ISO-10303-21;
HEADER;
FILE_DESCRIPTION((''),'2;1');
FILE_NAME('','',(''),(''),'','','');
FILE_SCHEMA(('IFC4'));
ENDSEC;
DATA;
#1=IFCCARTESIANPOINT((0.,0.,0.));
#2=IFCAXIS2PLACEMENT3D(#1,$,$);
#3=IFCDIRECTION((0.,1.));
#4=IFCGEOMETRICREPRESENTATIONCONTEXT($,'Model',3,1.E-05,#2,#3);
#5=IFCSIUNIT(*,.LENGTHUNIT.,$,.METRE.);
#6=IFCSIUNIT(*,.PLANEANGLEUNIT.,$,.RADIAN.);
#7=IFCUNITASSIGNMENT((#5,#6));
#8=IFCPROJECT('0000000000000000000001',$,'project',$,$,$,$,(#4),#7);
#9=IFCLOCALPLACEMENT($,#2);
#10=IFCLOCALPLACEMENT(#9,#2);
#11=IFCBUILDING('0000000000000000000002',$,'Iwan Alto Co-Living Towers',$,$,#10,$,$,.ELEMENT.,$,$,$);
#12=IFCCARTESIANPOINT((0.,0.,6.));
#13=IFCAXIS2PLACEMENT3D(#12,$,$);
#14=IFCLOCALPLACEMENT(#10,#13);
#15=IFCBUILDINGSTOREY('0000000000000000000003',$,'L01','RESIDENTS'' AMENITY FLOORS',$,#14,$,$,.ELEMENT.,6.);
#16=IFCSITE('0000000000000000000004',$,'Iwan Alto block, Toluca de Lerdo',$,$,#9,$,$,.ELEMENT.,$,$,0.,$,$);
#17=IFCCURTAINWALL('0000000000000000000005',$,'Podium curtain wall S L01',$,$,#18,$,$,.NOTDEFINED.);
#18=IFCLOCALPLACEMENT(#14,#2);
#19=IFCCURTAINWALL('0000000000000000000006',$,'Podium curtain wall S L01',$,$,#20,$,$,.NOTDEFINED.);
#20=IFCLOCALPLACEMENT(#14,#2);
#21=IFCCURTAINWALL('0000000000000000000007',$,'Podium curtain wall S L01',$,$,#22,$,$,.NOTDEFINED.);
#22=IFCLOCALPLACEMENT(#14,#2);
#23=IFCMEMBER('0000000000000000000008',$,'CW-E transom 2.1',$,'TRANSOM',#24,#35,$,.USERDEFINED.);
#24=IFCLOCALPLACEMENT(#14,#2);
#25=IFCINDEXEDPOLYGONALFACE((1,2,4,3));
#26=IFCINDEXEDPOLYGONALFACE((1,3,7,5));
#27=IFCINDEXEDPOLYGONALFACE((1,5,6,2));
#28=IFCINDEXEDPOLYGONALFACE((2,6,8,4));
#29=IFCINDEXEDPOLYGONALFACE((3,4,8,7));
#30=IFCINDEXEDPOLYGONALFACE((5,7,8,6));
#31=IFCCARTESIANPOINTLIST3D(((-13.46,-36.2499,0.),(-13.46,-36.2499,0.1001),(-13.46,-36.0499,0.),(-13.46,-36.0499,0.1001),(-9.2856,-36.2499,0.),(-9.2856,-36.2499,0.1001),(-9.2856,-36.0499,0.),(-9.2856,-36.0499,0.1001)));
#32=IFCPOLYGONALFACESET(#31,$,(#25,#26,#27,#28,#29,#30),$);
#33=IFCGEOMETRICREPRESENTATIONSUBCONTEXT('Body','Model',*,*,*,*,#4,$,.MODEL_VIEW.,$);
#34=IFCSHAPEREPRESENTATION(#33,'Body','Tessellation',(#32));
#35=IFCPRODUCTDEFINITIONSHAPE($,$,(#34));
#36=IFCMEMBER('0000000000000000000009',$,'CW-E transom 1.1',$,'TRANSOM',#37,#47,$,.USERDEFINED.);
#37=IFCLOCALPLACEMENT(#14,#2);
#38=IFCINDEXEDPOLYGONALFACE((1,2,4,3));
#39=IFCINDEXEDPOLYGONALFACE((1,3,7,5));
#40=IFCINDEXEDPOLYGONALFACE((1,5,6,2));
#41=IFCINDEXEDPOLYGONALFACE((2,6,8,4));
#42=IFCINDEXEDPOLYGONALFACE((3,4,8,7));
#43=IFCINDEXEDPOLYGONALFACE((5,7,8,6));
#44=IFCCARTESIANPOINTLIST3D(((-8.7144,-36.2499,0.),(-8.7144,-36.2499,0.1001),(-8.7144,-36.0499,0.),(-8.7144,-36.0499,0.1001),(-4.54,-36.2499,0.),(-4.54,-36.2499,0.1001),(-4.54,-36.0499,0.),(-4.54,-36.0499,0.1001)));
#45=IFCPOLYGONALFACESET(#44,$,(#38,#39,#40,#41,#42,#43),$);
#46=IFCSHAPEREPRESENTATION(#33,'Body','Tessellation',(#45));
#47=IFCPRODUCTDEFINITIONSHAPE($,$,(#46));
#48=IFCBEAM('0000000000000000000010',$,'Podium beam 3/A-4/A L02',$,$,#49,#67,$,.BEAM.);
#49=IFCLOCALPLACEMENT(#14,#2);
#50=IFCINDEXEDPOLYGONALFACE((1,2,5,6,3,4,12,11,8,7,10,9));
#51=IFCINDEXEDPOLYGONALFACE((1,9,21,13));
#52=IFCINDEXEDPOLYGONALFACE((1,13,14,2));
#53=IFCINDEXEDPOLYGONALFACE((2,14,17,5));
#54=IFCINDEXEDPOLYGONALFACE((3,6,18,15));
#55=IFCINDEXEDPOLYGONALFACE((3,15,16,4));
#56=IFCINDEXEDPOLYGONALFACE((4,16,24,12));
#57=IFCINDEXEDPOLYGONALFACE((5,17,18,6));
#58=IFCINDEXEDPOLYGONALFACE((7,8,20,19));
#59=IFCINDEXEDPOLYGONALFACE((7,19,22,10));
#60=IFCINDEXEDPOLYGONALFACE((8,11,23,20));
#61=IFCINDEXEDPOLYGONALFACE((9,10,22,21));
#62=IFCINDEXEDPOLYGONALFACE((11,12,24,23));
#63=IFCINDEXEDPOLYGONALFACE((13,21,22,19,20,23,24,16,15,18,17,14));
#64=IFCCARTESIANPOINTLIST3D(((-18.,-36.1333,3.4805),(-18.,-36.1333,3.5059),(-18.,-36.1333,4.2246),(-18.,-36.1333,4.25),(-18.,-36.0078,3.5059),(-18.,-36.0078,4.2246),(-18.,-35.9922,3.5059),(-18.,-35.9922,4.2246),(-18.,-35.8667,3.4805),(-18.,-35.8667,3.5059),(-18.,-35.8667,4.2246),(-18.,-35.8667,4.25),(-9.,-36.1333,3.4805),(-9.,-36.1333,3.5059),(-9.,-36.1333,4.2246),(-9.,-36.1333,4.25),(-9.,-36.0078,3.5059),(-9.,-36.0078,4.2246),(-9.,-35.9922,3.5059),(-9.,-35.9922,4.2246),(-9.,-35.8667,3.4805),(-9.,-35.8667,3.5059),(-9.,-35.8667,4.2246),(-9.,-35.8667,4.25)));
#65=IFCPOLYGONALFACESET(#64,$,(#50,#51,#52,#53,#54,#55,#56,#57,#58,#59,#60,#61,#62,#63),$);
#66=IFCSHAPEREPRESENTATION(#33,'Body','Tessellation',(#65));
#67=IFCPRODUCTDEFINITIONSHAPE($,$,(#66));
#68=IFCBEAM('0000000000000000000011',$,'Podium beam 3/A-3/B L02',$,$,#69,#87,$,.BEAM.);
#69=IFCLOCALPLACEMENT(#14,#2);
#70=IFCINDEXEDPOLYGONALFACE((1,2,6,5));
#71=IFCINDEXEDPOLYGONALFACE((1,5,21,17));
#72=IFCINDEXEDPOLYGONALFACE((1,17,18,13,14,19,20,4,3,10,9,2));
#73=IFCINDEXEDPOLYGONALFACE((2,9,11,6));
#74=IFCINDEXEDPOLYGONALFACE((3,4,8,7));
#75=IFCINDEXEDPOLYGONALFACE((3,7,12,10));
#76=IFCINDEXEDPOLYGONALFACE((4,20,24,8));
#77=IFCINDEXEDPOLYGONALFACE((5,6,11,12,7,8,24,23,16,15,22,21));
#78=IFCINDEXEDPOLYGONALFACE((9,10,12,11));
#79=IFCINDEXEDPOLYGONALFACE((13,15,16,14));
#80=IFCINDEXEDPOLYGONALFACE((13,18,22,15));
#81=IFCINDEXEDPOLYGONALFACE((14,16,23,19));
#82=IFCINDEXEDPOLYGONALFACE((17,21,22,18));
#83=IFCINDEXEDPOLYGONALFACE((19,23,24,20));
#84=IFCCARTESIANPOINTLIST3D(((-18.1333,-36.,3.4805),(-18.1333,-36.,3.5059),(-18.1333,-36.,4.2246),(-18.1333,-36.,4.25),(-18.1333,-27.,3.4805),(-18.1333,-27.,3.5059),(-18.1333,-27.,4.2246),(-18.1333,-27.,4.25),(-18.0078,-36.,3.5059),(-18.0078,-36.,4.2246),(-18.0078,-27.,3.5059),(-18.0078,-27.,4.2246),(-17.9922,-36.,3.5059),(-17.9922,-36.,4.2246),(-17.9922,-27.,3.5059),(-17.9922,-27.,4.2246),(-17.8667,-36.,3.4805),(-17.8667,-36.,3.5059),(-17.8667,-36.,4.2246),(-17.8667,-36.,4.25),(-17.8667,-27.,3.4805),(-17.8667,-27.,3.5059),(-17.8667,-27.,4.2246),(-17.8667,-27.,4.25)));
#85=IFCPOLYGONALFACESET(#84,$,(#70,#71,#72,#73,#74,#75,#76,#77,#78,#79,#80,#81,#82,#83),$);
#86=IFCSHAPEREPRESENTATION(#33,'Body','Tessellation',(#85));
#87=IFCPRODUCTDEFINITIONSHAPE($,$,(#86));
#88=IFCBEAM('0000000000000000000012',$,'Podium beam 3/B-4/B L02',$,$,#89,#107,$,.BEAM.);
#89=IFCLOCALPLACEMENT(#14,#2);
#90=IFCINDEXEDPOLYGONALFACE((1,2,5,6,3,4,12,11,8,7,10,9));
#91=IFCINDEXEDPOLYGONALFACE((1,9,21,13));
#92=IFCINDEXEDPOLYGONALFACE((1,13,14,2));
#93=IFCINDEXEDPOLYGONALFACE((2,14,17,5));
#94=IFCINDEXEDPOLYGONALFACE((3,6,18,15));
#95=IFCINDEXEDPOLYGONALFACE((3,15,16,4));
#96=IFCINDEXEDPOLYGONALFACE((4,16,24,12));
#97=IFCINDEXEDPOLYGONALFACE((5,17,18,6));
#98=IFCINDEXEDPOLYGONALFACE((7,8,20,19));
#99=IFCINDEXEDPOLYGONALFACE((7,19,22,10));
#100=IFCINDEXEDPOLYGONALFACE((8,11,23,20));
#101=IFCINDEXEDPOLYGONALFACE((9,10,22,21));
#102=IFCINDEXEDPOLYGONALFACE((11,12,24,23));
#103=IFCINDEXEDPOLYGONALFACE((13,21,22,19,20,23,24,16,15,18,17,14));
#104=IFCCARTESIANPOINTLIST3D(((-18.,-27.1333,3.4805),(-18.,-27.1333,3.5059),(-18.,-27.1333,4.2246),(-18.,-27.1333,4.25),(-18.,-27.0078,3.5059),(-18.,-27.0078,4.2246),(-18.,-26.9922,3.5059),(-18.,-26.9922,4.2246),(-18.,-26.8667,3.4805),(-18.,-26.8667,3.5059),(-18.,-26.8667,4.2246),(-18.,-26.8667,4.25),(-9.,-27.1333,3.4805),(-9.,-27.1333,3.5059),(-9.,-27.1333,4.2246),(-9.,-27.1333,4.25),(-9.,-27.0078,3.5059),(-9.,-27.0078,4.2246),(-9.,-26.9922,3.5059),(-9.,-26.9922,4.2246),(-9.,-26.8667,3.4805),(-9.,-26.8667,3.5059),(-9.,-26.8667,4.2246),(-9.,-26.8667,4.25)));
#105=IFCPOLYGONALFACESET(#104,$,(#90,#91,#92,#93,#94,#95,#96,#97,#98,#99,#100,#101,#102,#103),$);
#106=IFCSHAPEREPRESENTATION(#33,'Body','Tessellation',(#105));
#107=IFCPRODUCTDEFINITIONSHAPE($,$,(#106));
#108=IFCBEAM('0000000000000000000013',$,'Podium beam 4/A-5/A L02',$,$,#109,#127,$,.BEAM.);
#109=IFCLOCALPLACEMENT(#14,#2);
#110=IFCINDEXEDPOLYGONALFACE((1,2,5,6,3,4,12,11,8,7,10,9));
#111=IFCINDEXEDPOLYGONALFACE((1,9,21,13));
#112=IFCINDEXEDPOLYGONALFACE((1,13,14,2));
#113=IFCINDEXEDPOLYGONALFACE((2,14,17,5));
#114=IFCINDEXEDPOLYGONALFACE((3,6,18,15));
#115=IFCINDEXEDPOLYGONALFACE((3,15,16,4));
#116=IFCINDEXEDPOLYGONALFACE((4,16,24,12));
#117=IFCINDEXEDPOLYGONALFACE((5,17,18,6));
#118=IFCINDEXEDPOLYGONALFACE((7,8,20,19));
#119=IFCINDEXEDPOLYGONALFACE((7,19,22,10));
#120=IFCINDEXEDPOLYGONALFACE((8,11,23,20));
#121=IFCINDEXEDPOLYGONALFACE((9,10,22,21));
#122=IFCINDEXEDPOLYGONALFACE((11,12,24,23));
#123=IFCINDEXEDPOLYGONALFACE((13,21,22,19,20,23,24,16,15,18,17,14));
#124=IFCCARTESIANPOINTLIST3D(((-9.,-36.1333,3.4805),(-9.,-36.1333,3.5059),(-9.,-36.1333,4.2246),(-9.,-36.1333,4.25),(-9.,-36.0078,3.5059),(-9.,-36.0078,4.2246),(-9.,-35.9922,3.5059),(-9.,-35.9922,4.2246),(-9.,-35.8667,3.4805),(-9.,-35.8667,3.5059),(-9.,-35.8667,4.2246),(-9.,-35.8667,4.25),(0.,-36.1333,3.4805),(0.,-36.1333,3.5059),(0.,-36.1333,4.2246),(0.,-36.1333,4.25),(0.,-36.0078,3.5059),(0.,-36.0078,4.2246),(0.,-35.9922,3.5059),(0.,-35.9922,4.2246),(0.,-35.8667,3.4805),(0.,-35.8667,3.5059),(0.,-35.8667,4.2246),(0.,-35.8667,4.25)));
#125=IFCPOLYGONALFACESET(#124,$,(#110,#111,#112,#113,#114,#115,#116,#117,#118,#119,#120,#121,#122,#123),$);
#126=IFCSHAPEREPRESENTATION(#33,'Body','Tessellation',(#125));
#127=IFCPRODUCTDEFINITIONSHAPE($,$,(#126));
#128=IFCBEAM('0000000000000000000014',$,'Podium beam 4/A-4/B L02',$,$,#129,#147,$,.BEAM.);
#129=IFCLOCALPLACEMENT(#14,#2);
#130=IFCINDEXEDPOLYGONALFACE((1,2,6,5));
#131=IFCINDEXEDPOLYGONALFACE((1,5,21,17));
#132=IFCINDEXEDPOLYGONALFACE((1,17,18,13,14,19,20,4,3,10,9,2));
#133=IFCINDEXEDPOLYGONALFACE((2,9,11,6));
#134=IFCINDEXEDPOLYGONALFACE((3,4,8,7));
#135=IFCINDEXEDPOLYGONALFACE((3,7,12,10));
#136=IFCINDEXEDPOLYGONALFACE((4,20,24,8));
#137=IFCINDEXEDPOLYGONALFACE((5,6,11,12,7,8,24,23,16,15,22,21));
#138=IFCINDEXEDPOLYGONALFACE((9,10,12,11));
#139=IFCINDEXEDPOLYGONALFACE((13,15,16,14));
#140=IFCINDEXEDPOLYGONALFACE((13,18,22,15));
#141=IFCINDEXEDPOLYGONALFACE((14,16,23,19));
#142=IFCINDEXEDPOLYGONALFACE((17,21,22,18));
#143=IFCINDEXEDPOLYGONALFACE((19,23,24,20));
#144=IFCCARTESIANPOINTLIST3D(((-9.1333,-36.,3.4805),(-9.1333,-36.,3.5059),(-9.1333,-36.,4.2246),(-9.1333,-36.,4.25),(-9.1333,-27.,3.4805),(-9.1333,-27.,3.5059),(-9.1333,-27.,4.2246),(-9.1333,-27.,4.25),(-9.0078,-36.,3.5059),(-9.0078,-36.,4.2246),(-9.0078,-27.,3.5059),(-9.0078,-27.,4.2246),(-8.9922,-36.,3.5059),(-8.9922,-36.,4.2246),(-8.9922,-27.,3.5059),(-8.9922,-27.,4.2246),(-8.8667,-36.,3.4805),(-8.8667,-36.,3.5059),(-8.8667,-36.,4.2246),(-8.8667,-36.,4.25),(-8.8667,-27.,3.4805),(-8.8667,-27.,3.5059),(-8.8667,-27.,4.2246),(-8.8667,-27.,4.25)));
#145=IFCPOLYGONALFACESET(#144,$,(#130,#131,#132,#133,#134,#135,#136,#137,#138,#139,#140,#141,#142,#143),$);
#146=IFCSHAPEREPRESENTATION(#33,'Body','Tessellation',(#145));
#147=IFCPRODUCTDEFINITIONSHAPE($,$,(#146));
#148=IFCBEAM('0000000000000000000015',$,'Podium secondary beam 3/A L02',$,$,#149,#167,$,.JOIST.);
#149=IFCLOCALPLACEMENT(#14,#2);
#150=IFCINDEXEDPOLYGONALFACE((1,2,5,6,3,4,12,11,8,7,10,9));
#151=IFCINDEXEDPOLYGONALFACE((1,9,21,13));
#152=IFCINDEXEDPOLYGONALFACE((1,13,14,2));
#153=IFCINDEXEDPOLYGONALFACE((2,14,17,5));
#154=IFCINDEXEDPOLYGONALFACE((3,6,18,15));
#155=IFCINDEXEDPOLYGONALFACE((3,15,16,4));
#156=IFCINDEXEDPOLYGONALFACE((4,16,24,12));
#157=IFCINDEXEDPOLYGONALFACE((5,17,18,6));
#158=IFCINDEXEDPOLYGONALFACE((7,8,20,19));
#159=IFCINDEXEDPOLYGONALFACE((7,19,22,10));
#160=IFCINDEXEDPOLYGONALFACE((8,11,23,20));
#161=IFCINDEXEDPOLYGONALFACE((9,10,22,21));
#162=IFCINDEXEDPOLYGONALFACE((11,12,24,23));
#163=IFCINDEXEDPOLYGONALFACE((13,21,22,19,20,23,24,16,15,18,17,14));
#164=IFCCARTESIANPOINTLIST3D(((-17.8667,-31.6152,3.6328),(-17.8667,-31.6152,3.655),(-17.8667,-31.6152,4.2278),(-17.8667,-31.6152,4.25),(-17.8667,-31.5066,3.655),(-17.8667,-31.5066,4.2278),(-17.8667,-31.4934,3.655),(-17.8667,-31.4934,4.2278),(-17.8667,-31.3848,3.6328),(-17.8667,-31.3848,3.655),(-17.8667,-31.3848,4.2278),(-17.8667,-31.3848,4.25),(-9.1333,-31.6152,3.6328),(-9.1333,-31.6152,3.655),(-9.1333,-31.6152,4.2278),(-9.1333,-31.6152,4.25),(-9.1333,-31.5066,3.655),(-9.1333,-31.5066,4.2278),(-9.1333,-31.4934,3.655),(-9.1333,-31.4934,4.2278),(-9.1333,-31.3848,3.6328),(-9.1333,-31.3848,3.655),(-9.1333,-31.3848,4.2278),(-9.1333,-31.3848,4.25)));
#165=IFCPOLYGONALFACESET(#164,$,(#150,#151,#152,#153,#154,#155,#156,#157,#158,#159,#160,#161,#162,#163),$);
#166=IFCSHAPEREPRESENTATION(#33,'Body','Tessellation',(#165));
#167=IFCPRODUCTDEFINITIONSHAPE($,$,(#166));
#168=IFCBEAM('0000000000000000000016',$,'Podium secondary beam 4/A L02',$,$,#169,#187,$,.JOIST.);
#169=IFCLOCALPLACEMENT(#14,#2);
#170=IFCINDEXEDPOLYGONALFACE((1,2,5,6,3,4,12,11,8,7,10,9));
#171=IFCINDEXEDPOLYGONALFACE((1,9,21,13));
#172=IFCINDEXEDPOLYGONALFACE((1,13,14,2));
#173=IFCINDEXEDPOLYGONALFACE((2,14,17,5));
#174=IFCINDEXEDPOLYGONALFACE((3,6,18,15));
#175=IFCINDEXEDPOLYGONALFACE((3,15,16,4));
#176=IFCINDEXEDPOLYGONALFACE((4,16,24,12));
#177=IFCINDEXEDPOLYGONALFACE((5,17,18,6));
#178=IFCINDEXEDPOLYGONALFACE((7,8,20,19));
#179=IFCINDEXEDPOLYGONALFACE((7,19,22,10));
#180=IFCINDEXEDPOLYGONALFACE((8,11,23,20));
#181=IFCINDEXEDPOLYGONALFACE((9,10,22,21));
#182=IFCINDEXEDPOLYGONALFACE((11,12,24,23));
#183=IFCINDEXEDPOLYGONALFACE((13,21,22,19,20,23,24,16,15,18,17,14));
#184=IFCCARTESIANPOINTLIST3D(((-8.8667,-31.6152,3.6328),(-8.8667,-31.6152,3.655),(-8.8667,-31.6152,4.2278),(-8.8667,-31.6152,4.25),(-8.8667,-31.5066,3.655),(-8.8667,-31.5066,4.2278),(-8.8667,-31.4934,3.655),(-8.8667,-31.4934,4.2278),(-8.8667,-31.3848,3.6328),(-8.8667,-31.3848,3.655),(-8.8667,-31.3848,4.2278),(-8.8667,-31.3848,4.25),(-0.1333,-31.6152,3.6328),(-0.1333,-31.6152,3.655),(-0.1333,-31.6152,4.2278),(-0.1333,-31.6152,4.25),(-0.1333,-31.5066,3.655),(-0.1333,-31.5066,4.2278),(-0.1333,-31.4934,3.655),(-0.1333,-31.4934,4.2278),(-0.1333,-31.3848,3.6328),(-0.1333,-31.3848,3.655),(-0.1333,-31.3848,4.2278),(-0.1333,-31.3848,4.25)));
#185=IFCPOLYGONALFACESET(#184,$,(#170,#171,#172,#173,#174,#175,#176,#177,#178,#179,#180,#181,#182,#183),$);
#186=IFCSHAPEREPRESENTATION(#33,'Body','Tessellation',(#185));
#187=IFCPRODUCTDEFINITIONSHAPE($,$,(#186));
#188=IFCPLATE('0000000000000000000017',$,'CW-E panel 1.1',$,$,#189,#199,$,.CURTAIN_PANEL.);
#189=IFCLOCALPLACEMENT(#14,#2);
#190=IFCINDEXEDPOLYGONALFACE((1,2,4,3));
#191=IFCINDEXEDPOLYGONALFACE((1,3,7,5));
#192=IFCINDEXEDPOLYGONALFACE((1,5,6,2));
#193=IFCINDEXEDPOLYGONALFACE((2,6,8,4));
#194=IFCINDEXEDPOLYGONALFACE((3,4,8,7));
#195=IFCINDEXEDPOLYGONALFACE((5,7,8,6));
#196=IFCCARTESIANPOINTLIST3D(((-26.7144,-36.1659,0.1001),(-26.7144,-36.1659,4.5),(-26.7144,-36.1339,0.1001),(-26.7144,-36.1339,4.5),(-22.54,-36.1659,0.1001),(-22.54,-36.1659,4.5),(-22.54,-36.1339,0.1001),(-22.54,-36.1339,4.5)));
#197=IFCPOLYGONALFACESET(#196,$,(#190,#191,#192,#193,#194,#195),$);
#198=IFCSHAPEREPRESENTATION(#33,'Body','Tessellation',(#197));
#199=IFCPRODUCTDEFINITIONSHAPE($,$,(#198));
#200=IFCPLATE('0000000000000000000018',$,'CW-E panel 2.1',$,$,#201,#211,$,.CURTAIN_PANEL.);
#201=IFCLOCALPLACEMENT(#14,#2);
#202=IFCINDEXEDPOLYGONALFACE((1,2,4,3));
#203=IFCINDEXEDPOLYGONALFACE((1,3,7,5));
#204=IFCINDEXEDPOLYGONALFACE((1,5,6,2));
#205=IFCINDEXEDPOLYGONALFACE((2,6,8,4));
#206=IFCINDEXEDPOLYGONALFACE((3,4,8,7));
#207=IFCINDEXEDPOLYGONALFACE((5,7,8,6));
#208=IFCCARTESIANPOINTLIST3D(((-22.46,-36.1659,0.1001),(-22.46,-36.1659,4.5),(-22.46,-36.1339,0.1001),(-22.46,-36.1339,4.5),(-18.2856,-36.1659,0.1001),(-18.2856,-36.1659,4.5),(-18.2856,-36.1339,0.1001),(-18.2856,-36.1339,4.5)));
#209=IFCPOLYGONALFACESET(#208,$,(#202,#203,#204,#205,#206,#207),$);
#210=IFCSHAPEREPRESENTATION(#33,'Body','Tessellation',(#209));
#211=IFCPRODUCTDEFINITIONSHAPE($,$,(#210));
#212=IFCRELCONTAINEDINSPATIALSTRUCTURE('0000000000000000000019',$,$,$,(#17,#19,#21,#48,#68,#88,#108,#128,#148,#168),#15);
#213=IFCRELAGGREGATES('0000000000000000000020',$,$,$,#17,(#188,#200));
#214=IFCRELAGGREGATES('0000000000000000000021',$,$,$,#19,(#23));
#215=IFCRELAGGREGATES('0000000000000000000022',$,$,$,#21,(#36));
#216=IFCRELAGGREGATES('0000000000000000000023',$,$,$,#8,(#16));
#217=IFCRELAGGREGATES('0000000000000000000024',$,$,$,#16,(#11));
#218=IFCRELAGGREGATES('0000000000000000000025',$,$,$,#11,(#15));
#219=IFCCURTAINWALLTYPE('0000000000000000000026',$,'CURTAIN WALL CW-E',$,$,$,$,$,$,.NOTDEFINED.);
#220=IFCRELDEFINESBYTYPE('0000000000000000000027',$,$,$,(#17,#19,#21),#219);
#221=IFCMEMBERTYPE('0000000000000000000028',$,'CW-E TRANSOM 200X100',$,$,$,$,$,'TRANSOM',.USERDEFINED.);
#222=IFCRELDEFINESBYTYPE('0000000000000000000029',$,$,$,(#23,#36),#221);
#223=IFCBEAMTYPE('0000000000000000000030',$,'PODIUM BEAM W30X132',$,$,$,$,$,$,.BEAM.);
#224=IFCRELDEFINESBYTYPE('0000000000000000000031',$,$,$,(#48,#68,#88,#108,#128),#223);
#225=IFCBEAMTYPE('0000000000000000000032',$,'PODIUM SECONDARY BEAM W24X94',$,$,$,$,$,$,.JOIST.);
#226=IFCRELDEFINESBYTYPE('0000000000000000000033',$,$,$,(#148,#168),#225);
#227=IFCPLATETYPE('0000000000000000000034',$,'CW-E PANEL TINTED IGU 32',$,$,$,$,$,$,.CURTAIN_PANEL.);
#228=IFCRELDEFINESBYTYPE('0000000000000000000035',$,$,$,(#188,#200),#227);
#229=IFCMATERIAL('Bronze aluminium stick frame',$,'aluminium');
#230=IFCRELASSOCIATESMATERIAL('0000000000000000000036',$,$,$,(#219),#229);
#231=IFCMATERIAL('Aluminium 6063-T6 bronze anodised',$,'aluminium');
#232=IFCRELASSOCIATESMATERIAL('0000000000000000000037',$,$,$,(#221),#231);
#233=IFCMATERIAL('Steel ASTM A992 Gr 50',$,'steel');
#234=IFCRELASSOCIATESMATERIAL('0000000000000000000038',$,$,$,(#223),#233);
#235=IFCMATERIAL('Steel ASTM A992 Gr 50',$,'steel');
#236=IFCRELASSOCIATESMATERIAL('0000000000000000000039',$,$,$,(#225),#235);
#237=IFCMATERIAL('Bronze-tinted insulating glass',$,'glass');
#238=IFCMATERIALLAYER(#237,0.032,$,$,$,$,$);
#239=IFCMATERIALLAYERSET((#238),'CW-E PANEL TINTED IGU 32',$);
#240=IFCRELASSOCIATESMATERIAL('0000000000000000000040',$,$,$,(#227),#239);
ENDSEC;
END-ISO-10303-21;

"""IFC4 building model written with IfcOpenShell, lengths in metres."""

from ifc_helpers import new_model, si_unit, direction, frame, origin, origin_2d, place, context, subcontext, project, spatial, rectangle, i_section, extrude, material, layer, layer_set, material_profile, profile_set, type_object, element, aggregate, save


model = new_model("IFC4")

# Units and contexts
model_context = context("Model", 3, precision=1e-05, world=origin(), true_north=direction((0.0, 1.0)))
body_context = subcontext(model_context, "Body", "Model", "MODEL_VIEW")
ifc_project = project(units=[si_unit("LENGTHUNIT", "METRE"), si_unit("PLANEANGLEUNIT", "RADIAN")], contexts=[model_context])

# Site, building, storey
site_placement = place(None, origin())
site = spatial("IfcSite", under=ifc_project, at=site_placement, Name="Iwan Alto block, Toluca de Lerdo", CompositionType="ELEMENT", RefElevation=0.0)
building_placement = place(site_placement, origin())
building = spatial("IfcBuilding", under=site, at=building_placement, Name="Iwan Alto Co-Living Towers", CompositionType="ELEMENT")
storey_placement = place(building_placement, frame((0.0, 0.0, 6.0)))
storey = spatial("IfcBuildingStorey", under=building, at=storey_placement, Name="L01", Description="RESIDENTS' AMENITY FLOORS", CompositionType="ELEMENT", Elevation=6.0)

# Curtain walls
ifc_material_1 = material(Name="Bronze aluminium stick frame", Category="aluminium")
curtain_wall_type = type_object("IfcCurtainWallType", Name="CURTAIN WALL CW-E", PredefinedType="NOTDEFINED", material=ifc_material_1)
curtain_wall_1_placement = place(storey_placement, origin())
curtain_wall_1 = element("IfcCurtainWall", 1, at=curtain_wall_1_placement, inside=storey, type_object=curtain_wall_type, Name="Podium curtain wall S L01", PredefinedType="NOTDEFINED")
curtain_wall_2_placement = place(storey_placement, origin())
curtain_wall_2 = element("IfcCurtainWall", 2, at=curtain_wall_2_placement, inside=storey, type_object=curtain_wall_type, Name="Podium curtain wall S L01", PredefinedType="NOTDEFINED")
curtain_wall_3_placement = place(storey_placement, origin())
curtain_wall_3 = element("IfcCurtainWall", 3, at=curtain_wall_3_placement, inside=storey, type_object=curtain_wall_type, Name="Podium curtain wall S L01", PredefinedType="NOTDEFINED")

# Members
ifc_material_2 = material(Name="Aluminium 6063-T6 bronze anodised", Category="aluminium")
ifc_material_profile_1 = material_profile(ifc_material_2, rectangle(XDim=0.2, YDim=0.1001, at=origin_2d()), Name="AL 200X100")
ifc_profile_set_1 = profile_set([ifc_material_profile_1], Name="Aluminium 6063-T6 bronze anodised")
member_type_1 = type_object("IfcMemberType", Name="CW-E TRANSOM 200X100", ElementType="TRANSOM", PredefinedType="USERDEFINED", material=ifc_profile_set_1)
member_1_placement = place(storey_placement, frame((-13.46, -36.1499, 0.05), z_axis=(1.0, 0.0, 0.0), x_axis=(0.0, 1.0, 0.0)))
member_1 = element("IfcMember", 4, at=member_1_placement, type_object=member_type_1, Name="CW-E transom 2.1", ObjectType="TRANSOM", PredefinedType="USERDEFINED", context=body_context, shape_type="SweptSolid", body=[
    extrude(rectangle(XDim=0.2, YDim=0.1001, at=origin_2d()), origin(), (0.0, 0.0, 1.0), 4.1743),
])
member_2_placement = place(storey_placement, frame((-8.7144, -36.1499, 0.05), z_axis=(1.0, 0.0, 0.0), x_axis=(0.0, 1.0, 0.0)))
member_2 = element("IfcMember", 5, at=member_2_placement, type_object=member_type_1, Name="CW-E transom 1.1", ObjectType="TRANSOM", PredefinedType="USERDEFINED", context=body_context, shape_type="SweptSolid", body=[
    extrude(rectangle(XDim=0.2, YDim=0.1001, at=origin_2d()), origin(), (0.0, 0.0, 1.0), 4.1743),
])

# Beams
ifc_material_3 = material(Name="Steel ASTM A992 Gr 50", Category="steel")
ifc_material_profile_2 = material_profile(ifc_material_3, i_section(OverallWidth=0.2666, OverallDepth=0.7695, WebThickness=0.0156, FlangeThickness=0.0254, at=origin_2d()), Name="W30X132")
ifc_profile_set_2 = profile_set([ifc_material_profile_2], Name="Steel ASTM A992 Gr 50")
beam_type_1 = type_object("IfcBeamType", Name="PODIUM BEAM W30X132", PredefinedType="BEAM", material=ifc_profile_set_2)
for number, where, z_axis, x_axis, name in (
    (6, (-18.0, -36.0, 3.8652), (1.0, 0.0, 0.0), (0.0, 1.0, 0.0), "Podium beam 3/A-4/A L02"),
    (7, (-18.0, -36.0, 3.8652), (0.0, 1.0, 0.0), (-1.0, 0.0, 0.0), "Podium beam 3/A-3/B L02"),
    (8, (-18.0, -27.0, 3.8652), (1.0, 0.0, 0.0), (0.0, 1.0, 0.0), "Podium beam 3/B-4/B L02"),
    (9, (-9.0, -36.0, 3.8652), (1.0, 0.0, 0.0), (0.0, 1.0, 0.0), "Podium beam 4/A-5/A L02"),
    (10, (-9.0, -36.0, 3.8652), (0.0, 1.0, 0.0), (-1.0, 0.0, 0.0), "Podium beam 4/A-4/B L02"),
):
    element("IfcBeam", number, at=place(storey_placement, frame(where, z_axis=z_axis, x_axis=x_axis)), inside=storey, type_object=beam_type_1, Name=name, PredefinedType="BEAM", context=body_context, shape_type="SweptSolid", body=[
        extrude(i_section(OverallWidth=0.2666, OverallDepth=0.7695, WebThickness=0.0156, FlangeThickness=0.0254, at=origin_2d()), origin(), (0.0, 0.0, 1.0), 9.0),
    ])
ifc_material_4 = material(Name="Steel ASTM A992 Gr 50", Category="steel")
ifc_material_profile_3 = material_profile(ifc_material_4, i_section(OverallWidth=0.2305, OverallDepth=0.6172, WebThickness=0.0132, FlangeThickness=0.0222, at=origin_2d()), Name="W24X94")
ifc_profile_set_3 = profile_set([ifc_material_profile_3], Name="Steel ASTM A992 Gr 50")
beam_type_2 = type_object("IfcBeamType", Name="PODIUM SECONDARY BEAM W24X94", PredefinedType="JOIST", material=ifc_profile_set_3)
for number, where, z_axis, x_axis, name in (
    (11, (-17.8667, -31.5, 3.9414), (1.0, 0.0, 0.0), (0.0, 1.0, 0.0), "Podium secondary beam 3/A L02"),
    (12, (-8.8667, -31.5, 3.9414), (1.0, 0.0, 0.0), (0.0, 1.0, 0.0), "Podium secondary beam 4/A L02"),
):
    element("IfcBeam", number, at=place(storey_placement, frame(where, z_axis=z_axis, x_axis=x_axis)), inside=storey, type_object=beam_type_2, Name=name, PredefinedType="JOIST", context=body_context, shape_type="SweptSolid", body=[
        extrude(i_section(OverallWidth=0.2305, OverallDepth=0.6172, WebThickness=0.0132, FlangeThickness=0.0222, at=origin_2d()), origin(), (0.0, 0.0, 1.0), 8.7334),
    ])

# Plates
ifc_material_5 = material(Name="Bronze-tinted insulating glass", Category="glass")
ifc_layer_1 = layer(ifc_material_5, 0.032)
ifc_layer_set_1 = layer_set([ifc_layer_1], Name="CW-E PANEL TINTED IGU 32")
plate_type = type_object("IfcPlateType", Name="CW-E PANEL TINTED IGU 32", PredefinedType="CURTAIN_PANEL", material=ifc_layer_set_1)
plate_1_placement = place(storey_placement, frame((-24.6272, -36.1499, 0.1001), z_axis=(0.0, 0.0, 1.0), x_axis=(1.0, 0.0, 0.0)))
plate_1 = element("IfcPlate", 13, at=plate_1_placement, type_object=plate_type, Name="CW-E panel 1.1", PredefinedType="CURTAIN_PANEL", context=body_context, shape_type="SweptSolid", body=[
    extrude(rectangle(XDim=4.1743, YDim=0.032, at=origin_2d()), origin(), (0.0, 0.0, 1.0), 4.3999),
])
plate_2_placement = place(storey_placement, frame((-20.3728, -36.1499, 0.1001), z_axis=(0.0, 0.0, 1.0), x_axis=(1.0, 0.0, 0.0)))
plate_2 = element("IfcPlate", 14, at=plate_2_placement, type_object=plate_type, Name="CW-E panel 2.1", PredefinedType="CURTAIN_PANEL", context=body_context, shape_type="SweptSolid", body=[
    extrude(rectangle(XDim=4.1743, YDim=0.032, at=origin_2d()), origin(), (0.0, 0.0, 1.0), 4.3999),
])
aggregate(curtain_wall_1, [plate_1, plate_2])
aggregate(curtain_wall_2, [member_1])
aggregate(curtain_wall_3, [member_2])

save(model, "model.ifc")
